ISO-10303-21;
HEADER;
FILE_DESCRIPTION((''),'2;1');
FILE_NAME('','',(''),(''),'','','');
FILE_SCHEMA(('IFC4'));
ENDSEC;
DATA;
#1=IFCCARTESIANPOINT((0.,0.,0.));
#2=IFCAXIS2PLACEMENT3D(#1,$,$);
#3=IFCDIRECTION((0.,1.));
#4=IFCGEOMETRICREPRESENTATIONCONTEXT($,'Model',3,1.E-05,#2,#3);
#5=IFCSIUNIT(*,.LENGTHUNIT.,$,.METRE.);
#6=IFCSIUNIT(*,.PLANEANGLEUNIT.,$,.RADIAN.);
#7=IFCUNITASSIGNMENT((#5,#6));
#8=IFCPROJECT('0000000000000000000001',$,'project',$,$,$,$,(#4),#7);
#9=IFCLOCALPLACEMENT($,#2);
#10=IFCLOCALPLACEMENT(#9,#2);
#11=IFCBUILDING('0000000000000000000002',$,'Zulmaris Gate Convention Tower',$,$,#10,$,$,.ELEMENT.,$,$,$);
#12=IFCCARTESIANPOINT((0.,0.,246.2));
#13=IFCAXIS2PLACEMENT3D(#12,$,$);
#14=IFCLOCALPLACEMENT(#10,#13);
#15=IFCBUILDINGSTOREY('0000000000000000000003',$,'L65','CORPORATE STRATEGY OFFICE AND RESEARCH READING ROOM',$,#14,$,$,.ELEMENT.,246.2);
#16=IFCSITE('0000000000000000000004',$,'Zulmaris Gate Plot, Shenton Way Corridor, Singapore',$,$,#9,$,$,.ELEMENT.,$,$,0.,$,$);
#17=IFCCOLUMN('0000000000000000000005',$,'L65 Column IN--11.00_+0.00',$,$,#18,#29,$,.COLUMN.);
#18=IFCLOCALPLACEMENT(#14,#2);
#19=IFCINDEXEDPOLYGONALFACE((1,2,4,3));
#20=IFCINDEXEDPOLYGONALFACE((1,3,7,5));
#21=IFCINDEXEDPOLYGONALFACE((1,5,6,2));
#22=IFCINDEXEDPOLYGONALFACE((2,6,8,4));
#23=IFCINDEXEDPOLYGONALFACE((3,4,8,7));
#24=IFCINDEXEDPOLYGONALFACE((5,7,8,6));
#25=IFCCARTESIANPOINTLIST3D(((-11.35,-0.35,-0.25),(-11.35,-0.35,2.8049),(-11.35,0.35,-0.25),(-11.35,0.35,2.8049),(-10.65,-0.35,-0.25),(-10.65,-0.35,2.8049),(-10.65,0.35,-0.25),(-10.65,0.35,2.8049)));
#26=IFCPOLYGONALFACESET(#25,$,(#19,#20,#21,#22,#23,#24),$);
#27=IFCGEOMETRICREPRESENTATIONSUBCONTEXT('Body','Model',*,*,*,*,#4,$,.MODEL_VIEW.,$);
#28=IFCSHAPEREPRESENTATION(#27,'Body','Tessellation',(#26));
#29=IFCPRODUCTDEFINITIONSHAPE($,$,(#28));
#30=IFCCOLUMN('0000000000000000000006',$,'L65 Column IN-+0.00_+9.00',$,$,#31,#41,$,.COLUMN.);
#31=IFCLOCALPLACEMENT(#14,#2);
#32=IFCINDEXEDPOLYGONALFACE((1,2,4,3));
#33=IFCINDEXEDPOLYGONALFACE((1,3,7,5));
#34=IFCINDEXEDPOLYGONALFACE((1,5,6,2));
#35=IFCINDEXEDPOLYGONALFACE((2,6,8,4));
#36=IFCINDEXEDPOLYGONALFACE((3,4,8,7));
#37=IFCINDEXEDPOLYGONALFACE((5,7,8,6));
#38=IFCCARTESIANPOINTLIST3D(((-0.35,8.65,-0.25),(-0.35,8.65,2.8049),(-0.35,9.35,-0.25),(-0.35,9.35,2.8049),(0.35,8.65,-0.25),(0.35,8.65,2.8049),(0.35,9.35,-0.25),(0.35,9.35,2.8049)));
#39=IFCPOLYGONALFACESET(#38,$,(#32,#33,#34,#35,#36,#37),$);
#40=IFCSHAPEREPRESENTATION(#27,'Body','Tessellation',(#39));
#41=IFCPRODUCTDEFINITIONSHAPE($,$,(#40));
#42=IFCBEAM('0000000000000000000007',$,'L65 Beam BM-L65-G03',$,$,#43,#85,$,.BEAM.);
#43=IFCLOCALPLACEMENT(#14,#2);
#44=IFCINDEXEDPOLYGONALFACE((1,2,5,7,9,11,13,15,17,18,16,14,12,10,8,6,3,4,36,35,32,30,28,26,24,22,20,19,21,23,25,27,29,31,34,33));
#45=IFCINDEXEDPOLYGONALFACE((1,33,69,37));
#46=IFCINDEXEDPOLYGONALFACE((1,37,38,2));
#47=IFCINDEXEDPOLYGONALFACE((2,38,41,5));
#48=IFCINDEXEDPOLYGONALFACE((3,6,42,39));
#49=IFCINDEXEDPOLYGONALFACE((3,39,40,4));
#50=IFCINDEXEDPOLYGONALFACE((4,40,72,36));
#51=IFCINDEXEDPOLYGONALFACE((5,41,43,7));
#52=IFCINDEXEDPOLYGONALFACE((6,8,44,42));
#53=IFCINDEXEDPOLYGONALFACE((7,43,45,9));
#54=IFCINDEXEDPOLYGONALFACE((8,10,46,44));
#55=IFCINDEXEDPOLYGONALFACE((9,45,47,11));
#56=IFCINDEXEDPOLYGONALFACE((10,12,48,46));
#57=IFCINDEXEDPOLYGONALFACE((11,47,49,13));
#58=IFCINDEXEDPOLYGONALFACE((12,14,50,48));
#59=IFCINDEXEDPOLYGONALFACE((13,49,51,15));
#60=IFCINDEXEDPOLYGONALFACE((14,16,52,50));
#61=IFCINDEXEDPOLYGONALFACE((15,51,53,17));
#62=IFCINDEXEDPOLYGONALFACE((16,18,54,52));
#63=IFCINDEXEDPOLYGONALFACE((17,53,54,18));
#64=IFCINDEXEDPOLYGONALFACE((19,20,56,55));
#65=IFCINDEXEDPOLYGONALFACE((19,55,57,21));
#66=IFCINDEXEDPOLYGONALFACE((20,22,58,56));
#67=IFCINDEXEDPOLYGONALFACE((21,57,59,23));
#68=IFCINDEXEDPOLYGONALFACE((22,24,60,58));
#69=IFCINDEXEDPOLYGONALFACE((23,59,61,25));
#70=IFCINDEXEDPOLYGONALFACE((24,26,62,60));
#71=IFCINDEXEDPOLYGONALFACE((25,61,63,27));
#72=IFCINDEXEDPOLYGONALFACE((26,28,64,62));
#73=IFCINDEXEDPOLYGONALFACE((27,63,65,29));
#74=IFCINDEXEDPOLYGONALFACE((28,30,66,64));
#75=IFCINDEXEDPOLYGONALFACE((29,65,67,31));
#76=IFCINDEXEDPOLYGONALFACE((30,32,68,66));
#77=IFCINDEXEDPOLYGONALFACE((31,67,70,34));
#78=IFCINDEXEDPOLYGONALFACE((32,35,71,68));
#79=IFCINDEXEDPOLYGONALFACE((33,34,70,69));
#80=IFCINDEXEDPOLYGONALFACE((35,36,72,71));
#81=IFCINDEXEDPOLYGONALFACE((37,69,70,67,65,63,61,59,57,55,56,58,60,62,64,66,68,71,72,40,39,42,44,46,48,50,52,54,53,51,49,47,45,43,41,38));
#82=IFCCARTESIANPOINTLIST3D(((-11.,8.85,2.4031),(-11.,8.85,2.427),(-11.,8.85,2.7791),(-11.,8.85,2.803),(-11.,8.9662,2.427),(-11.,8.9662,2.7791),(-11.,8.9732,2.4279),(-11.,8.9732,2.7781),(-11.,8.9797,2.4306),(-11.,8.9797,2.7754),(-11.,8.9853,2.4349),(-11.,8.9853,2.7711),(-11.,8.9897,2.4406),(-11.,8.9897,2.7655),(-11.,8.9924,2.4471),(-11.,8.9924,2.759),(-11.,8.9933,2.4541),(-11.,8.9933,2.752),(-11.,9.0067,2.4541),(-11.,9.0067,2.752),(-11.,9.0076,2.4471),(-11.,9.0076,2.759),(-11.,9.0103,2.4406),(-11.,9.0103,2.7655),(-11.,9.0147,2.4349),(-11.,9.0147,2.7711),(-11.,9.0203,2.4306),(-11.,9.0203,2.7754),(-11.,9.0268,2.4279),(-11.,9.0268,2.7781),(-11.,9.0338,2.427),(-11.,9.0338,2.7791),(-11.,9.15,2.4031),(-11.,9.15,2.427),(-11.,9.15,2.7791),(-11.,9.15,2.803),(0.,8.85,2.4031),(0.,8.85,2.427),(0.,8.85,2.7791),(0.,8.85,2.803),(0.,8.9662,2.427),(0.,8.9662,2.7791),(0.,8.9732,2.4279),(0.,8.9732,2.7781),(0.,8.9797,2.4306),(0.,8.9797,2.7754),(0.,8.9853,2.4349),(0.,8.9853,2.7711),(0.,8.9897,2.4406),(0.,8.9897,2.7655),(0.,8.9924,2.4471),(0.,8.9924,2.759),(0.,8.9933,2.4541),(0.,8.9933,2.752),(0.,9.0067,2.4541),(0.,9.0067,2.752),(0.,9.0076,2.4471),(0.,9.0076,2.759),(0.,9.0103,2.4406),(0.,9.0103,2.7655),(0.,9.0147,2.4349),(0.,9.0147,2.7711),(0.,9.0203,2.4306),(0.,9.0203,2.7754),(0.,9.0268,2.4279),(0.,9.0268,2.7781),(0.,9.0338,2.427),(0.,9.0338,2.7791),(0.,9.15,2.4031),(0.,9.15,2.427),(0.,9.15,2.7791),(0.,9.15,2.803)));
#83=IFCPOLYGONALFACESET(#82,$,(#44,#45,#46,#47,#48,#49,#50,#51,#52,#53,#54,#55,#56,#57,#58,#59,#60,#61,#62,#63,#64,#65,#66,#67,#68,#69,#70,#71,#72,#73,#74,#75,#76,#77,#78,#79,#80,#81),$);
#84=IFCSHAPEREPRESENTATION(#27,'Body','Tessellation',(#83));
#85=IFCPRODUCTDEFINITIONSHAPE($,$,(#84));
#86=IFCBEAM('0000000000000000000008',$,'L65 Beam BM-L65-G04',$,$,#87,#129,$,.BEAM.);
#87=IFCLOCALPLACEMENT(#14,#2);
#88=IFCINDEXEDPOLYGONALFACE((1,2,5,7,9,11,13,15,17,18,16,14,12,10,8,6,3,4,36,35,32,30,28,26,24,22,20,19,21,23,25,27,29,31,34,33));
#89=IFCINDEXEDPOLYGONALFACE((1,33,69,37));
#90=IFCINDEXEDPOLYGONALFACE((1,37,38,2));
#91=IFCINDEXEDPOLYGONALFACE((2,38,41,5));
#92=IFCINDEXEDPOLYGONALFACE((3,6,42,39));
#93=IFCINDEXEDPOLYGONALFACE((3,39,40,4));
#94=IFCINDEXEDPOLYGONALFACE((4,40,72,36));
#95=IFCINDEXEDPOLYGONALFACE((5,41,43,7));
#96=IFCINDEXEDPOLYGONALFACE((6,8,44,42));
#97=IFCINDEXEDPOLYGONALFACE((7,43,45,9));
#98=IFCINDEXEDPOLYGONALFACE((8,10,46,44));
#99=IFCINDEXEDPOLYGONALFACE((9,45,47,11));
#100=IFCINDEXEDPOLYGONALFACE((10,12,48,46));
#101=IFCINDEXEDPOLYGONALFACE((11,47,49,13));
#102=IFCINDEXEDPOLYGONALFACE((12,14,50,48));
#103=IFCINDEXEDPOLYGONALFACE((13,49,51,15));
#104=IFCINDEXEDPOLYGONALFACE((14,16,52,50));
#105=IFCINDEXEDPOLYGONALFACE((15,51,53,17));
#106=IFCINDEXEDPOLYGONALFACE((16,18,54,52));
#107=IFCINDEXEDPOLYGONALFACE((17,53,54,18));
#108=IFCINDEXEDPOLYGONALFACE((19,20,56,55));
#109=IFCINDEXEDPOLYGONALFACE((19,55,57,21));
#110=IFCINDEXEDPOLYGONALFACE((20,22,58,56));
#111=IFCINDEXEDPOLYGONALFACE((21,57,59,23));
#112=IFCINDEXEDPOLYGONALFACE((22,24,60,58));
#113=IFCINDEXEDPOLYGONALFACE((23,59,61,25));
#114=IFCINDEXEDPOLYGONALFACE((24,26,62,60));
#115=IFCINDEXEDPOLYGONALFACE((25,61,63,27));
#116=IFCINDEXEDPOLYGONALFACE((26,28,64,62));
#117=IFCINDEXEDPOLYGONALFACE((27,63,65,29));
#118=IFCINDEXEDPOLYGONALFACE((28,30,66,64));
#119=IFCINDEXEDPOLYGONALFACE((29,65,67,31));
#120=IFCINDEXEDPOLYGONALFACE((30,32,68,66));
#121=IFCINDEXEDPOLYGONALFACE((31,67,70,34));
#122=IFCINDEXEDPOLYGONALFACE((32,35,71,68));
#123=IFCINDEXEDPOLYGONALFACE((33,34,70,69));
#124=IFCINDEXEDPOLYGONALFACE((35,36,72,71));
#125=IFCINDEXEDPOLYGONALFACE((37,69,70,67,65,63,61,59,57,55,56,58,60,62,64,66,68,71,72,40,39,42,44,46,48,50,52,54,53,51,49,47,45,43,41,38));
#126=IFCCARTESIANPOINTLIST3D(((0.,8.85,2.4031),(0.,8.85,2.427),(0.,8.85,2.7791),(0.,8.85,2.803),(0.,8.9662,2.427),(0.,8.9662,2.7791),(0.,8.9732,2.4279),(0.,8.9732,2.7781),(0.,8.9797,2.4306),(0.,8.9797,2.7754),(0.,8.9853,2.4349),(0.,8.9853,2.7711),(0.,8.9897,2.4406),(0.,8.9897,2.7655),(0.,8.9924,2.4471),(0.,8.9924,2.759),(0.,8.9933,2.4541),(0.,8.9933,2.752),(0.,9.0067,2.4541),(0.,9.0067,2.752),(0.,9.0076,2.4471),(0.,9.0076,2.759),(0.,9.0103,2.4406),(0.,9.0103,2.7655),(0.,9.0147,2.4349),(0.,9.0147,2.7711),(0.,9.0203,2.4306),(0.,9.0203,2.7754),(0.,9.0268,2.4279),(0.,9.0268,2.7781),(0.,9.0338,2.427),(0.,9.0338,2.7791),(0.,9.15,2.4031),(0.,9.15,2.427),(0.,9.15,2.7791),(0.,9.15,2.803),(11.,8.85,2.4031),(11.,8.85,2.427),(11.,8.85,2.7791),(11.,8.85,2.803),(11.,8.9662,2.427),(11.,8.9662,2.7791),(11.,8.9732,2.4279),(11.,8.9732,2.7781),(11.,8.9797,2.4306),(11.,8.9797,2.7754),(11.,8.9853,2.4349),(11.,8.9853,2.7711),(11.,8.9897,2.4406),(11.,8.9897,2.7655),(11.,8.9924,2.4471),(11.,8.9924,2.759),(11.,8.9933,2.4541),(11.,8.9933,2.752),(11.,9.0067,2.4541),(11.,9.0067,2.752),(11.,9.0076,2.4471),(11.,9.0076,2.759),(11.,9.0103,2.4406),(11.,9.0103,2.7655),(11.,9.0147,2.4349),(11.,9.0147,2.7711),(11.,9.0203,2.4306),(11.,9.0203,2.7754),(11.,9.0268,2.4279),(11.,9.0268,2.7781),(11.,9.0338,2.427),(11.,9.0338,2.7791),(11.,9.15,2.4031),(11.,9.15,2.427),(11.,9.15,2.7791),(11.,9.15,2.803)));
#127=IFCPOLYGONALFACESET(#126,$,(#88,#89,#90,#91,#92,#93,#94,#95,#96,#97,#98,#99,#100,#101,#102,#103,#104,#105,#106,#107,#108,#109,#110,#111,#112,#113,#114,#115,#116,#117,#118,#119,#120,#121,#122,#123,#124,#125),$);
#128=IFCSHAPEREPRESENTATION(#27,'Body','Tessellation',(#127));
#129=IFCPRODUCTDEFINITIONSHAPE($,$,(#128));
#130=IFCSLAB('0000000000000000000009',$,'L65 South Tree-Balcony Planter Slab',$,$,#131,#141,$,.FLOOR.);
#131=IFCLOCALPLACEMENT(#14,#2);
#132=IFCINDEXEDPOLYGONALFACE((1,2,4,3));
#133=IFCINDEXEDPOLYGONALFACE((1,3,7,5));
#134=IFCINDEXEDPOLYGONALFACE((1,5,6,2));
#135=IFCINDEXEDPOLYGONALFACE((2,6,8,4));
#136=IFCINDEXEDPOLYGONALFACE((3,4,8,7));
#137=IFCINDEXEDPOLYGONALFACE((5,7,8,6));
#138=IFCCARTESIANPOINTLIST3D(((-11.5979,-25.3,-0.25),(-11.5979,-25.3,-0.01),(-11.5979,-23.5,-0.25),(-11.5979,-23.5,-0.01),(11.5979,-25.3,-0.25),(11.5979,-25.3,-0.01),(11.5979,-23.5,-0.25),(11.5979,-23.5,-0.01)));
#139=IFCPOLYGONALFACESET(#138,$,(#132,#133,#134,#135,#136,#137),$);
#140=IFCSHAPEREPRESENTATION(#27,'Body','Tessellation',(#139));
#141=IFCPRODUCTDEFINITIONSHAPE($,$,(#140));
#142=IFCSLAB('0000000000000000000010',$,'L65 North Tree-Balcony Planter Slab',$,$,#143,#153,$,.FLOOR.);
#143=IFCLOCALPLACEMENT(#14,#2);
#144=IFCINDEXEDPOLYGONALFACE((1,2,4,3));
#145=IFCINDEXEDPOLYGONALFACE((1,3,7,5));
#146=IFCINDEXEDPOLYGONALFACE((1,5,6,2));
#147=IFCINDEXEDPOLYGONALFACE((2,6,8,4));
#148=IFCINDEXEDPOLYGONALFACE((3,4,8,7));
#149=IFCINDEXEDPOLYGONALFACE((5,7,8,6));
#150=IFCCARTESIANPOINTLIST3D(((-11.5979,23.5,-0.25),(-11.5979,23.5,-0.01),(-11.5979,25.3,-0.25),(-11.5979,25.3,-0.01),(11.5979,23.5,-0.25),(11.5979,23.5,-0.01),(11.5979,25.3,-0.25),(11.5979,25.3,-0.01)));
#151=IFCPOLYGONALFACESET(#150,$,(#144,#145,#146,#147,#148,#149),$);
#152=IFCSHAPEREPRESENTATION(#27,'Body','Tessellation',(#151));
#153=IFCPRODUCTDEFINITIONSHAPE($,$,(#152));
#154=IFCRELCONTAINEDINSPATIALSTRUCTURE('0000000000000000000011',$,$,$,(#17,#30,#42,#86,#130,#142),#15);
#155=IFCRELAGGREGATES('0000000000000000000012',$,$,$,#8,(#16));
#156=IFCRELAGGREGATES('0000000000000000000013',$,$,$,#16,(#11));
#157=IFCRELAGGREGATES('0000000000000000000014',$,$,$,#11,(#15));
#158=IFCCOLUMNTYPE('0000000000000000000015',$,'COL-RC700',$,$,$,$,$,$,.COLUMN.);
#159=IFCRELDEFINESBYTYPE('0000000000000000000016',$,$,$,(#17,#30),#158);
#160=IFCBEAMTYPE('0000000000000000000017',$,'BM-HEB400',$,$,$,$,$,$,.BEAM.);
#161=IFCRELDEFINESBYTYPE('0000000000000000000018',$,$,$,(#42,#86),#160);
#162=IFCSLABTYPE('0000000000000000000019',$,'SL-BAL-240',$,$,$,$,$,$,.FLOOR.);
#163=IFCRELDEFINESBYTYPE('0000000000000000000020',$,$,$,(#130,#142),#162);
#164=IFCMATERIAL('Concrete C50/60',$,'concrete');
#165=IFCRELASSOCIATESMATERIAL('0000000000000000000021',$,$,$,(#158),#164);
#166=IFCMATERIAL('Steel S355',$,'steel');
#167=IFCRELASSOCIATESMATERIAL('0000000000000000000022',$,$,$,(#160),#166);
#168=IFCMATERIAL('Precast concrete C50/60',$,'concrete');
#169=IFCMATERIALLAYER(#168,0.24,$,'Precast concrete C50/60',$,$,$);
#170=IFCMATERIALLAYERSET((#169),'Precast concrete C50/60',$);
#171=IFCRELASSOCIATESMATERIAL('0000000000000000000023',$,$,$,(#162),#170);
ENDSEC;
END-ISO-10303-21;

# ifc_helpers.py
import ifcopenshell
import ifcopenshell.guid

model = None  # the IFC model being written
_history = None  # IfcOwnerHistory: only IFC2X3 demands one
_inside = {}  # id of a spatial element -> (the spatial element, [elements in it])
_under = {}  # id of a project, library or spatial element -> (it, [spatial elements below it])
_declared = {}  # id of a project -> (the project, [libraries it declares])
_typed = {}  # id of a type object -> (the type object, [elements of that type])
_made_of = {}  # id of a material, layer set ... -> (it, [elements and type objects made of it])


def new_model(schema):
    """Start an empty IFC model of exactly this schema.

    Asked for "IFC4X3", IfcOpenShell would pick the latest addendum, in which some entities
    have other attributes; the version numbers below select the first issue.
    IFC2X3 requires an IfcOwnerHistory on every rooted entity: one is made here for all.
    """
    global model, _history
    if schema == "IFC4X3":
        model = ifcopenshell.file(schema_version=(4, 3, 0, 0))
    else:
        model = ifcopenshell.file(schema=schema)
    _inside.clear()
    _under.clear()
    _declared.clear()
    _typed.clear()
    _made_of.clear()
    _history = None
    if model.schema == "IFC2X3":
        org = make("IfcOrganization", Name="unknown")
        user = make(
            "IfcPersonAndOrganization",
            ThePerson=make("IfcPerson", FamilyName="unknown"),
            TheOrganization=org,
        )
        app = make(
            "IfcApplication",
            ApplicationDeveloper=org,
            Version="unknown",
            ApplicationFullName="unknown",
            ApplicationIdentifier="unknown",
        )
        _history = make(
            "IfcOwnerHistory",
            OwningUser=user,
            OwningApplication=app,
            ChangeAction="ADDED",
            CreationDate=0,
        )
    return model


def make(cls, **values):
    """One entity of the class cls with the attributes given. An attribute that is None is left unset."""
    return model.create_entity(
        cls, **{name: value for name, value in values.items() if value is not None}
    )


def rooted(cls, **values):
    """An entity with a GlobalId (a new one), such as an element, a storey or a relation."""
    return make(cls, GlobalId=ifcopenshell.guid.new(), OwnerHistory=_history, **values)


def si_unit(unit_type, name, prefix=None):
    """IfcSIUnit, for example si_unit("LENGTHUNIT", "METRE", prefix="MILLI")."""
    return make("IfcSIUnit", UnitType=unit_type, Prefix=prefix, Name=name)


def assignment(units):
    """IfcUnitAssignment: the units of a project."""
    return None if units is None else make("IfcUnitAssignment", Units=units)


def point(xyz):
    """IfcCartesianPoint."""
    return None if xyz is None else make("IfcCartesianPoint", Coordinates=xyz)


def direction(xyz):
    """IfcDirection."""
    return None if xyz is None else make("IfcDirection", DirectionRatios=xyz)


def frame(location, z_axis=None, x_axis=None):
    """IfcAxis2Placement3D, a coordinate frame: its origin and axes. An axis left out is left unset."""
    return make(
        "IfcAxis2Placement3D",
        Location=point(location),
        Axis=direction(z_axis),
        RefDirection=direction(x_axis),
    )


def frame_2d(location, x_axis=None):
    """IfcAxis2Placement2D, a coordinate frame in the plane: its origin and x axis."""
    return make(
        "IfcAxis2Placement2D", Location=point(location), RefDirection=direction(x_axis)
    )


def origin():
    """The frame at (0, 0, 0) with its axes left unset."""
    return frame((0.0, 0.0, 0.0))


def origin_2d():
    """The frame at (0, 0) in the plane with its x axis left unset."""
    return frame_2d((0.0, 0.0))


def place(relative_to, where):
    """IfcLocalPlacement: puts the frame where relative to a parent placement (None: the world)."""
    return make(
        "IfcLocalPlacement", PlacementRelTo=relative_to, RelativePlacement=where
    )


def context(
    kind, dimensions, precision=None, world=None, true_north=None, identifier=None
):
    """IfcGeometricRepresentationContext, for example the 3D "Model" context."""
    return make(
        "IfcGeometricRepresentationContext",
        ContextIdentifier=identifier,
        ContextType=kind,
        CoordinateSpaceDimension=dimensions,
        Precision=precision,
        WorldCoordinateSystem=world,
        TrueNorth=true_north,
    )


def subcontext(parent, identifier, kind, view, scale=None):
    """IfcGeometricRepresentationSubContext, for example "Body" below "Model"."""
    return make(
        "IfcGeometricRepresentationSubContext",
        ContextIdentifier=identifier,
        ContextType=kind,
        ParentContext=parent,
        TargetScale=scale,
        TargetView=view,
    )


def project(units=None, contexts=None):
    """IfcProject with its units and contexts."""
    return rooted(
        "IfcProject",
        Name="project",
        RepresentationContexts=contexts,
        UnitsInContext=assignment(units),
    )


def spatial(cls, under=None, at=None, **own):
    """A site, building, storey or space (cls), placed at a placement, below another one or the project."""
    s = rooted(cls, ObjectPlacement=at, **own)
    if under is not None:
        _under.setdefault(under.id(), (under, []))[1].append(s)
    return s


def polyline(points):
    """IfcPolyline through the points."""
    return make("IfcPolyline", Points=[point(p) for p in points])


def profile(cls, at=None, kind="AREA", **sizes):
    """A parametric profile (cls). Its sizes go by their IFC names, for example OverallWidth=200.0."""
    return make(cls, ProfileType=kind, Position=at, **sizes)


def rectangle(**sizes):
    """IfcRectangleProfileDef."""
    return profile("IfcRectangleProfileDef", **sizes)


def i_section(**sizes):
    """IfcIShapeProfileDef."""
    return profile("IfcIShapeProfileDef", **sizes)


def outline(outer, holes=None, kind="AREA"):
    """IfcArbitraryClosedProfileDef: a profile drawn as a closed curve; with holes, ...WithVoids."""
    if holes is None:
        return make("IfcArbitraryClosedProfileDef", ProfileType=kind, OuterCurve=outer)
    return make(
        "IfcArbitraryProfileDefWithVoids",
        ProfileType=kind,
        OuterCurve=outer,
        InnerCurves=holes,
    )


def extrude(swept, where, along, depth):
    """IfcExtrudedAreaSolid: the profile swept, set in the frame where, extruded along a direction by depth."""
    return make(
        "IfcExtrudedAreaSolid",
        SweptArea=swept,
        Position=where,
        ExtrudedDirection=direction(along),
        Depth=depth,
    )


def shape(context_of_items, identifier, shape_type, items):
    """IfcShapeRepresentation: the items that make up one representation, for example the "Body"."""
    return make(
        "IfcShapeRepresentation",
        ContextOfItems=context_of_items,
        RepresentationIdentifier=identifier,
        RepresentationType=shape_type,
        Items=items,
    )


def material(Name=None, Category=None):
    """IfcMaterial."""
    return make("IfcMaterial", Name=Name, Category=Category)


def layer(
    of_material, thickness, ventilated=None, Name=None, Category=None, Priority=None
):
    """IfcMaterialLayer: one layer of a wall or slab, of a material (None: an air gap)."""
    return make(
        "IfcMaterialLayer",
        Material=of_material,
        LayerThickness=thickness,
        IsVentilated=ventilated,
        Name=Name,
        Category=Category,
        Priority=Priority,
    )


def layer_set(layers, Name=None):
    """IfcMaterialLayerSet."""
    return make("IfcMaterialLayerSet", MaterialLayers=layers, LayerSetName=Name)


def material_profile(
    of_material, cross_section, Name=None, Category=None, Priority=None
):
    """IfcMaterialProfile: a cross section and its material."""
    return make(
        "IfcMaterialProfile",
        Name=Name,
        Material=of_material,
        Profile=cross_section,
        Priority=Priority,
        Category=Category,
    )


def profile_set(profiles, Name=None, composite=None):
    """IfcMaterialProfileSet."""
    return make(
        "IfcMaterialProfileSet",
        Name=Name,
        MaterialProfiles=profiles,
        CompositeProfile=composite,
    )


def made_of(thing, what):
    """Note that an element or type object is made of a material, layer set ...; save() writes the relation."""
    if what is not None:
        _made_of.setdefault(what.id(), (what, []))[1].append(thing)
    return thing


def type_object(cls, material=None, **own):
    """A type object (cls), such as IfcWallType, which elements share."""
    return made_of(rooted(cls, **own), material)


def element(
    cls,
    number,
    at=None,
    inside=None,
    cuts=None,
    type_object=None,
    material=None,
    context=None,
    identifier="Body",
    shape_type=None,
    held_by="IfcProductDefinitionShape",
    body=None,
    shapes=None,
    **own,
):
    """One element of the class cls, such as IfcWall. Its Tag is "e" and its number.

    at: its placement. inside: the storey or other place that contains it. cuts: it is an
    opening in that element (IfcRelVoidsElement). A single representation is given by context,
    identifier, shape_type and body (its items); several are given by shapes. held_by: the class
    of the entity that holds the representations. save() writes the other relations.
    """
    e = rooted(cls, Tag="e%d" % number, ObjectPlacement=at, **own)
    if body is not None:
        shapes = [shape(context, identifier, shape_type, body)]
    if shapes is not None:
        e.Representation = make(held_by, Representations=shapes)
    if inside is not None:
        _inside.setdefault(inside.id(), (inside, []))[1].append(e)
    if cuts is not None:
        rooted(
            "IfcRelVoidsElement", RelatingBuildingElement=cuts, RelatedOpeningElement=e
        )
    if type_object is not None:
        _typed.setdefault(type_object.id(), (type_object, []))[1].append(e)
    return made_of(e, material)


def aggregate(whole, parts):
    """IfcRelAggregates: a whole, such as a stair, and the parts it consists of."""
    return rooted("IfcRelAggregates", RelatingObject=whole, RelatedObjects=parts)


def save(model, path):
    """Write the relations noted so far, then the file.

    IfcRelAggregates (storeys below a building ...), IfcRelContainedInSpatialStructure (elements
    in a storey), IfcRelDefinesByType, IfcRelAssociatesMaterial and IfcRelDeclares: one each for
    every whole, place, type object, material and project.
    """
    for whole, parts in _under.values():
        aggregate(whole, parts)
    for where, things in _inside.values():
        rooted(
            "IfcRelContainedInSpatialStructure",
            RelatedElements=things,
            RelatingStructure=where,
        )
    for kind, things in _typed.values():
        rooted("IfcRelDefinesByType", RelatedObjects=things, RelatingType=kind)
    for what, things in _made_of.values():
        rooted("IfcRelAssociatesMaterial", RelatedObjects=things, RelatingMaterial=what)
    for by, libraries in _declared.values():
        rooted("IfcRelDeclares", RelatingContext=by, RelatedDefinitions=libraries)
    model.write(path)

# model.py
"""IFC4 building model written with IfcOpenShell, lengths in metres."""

from ifc_helpers import new_model, si_unit, direction, frame, origin, origin_2d, place, context, subcontext, project, spatial, polyline, rectangle, i_section, outline, extrude, material, layer, layer_set, material_profile, profile_set, type_object, element, save


model = new_model("IFC4")

# Units and contexts
model_context = context("Model", 3, precision=1e-05, world=origin(), true_north=direction((0.0, 1.0)))
body_context = subcontext(model_context, "Body", "Model", "MODEL_VIEW")
ifc_project = project(units=[si_unit("LENGTHUNIT", "METRE"), si_unit("PLANEANGLEUNIT", "RADIAN")], contexts=[model_context])

# Site, building, storey
site_placement = place(None, origin())
site = spatial("IfcSite", under=ifc_project, at=site_placement, Name="Zulmaris Gate Plot, Shenton Way Corridor, Singapore", CompositionType="ELEMENT", RefElevation=0.0)
building_placement = place(site_placement, origin())
building = spatial("IfcBuilding", under=site, at=building_placement, Name="Zulmaris Gate Convention Tower", CompositionType="ELEMENT")
storey_placement = place(building_placement, frame((0.0, 0.0, 246.2)))
storey = spatial("IfcBuildingStorey", under=building, at=storey_placement, Name="L65", Description="CORPORATE STRATEGY OFFICE AND RESEARCH READING ROOM", CompositionType="ELEMENT", Elevation=246.2)

# Columns
ifc_material_1 = material(Name="Concrete C50/60", Category="concrete")
ifc_material_profile_1 = material_profile(ifc_material_1, rectangle(XDim=0.7, YDim=0.7, at=origin_2d()), Name="RC COL 700x700")
ifc_profile_set_1 = profile_set([ifc_material_profile_1], Name="Concrete C50/60")
column_type = type_object("IfcColumnType", Name="COL-RC700", PredefinedType="COLUMN", material=ifc_profile_set_1)
for number, where, z_axis, x_axis, name in (
    (1, (-11.0, 0.0, -0.25), (0.0, 0.0, 1.0), (1.0, 0.0, 0.0), "L65 Column IN--11.00_+0.00"),
    (2, (0.0, 9.0, -0.25), (0.0, 0.0, 1.0), (1.0, 0.0, 0.0), "L65 Column IN-+0.00_+9.00"),
):
    element("IfcColumn", number, at=place(storey_placement, frame(where, z_axis=z_axis, x_axis=x_axis)), inside=storey, type_object=column_type, Name=name, PredefinedType="COLUMN", context=body_context, shape_type="SweptSolid", body=[
        extrude(rectangle(XDim=0.7, YDim=0.7, at=origin_2d()), origin(), (0.0, 0.0, 1.0), 3.0549),
    ])

# Beams
ifc_material_2 = material(Name="Steel S355", Category="steel")
ifc_material_profile_2 = material_profile(ifc_material_2, i_section(OverallWidth=0.3, OverallDepth=0.3999, WebThickness=0.0134, FlangeThickness=0.0239, FilletRadius=0.0271, at=origin_2d()), Name="HEB 400")
ifc_profile_set_2 = profile_set([ifc_material_profile_2], Name="Steel S355")
beam_type = type_object("IfcBeamType", Name="BM-HEB400", PredefinedType="BEAM", material=ifc_profile_set_2)
for number, where, z_axis, x_axis, name in (
    (3, (-11.0, 9.0, 2.603), (1.0, 0.0, 0.0), (0.0, 1.0, 0.0), "L65 Beam BM-L65-G03"),
    (4, (0.0, 9.0, 2.603), (1.0, 0.0, 0.0), (0.0, 1.0, 0.0), "L65 Beam BM-L65-G04"),
):
    element("IfcBeam", number, at=place(storey_placement, frame(where, z_axis=z_axis, x_axis=x_axis)), inside=storey, type_object=beam_type, Name=name, PredefinedType="BEAM", context=body_context, shape_type="SweptSolid", body=[
        extrude(i_section(OverallWidth=0.3, OverallDepth=0.3999, WebThickness=0.0134, FlangeThickness=0.0239, FilletRadius=0.0271, at=origin_2d()), origin(), (0.0, 0.0, 1.0), 11.0),
    ])

# Slabs
ifc_material_3 = material(Name="Precast concrete C50/60", Category="concrete")
ifc_layer_1 = layer(ifc_material_3, 0.24, Name="Precast concrete C50/60")
ifc_layer_set_1 = layer_set([ifc_layer_1], Name="Precast concrete C50/60")
slab_type_1 = type_object("IfcSlabType", Name="SL-BAL-240", PredefinedType="FLOOR", material=ifc_layer_set_1)
slab_1_placement = place(storey_placement, frame((0.0, 0.0, -0.25)))
element("IfcSlab", 5, at=slab_1_placement, inside=storey, type_object=slab_type_1, Name="L65 South Tree-Balcony Planter Slab", PredefinedType="FLOOR", context=body_context, shape_type="SweptSolid", body=[
    extrude(outline(polyline([(-11.5979, -25.3), (-11.5979, -23.5), (11.5979, -23.5), (11.5979, -25.3), (-11.5979, -25.3)])), origin(), (0.0, 0.0, 1.0), 0.24),
])
slab_2_placement = place(storey_placement, frame((0.0, 0.0, -0.25)))
element("IfcSlab", 6, at=slab_2_placement, inside=storey, type_object=slab_type_1, Name="L65 North Tree-Balcony Planter Slab", PredefinedType="FLOOR", context=body_context, shape_type="SweptSolid", body=[
    extrude(outline(polyline([(11.5979, 25.3), (11.5979, 23.5), (-11.5979, 23.5), (-11.5979, 25.3), (11.5979, 25.3)])), origin(), (0.0, 0.0, 1.0), 0.24),
])

save(model, "model.ifc")
